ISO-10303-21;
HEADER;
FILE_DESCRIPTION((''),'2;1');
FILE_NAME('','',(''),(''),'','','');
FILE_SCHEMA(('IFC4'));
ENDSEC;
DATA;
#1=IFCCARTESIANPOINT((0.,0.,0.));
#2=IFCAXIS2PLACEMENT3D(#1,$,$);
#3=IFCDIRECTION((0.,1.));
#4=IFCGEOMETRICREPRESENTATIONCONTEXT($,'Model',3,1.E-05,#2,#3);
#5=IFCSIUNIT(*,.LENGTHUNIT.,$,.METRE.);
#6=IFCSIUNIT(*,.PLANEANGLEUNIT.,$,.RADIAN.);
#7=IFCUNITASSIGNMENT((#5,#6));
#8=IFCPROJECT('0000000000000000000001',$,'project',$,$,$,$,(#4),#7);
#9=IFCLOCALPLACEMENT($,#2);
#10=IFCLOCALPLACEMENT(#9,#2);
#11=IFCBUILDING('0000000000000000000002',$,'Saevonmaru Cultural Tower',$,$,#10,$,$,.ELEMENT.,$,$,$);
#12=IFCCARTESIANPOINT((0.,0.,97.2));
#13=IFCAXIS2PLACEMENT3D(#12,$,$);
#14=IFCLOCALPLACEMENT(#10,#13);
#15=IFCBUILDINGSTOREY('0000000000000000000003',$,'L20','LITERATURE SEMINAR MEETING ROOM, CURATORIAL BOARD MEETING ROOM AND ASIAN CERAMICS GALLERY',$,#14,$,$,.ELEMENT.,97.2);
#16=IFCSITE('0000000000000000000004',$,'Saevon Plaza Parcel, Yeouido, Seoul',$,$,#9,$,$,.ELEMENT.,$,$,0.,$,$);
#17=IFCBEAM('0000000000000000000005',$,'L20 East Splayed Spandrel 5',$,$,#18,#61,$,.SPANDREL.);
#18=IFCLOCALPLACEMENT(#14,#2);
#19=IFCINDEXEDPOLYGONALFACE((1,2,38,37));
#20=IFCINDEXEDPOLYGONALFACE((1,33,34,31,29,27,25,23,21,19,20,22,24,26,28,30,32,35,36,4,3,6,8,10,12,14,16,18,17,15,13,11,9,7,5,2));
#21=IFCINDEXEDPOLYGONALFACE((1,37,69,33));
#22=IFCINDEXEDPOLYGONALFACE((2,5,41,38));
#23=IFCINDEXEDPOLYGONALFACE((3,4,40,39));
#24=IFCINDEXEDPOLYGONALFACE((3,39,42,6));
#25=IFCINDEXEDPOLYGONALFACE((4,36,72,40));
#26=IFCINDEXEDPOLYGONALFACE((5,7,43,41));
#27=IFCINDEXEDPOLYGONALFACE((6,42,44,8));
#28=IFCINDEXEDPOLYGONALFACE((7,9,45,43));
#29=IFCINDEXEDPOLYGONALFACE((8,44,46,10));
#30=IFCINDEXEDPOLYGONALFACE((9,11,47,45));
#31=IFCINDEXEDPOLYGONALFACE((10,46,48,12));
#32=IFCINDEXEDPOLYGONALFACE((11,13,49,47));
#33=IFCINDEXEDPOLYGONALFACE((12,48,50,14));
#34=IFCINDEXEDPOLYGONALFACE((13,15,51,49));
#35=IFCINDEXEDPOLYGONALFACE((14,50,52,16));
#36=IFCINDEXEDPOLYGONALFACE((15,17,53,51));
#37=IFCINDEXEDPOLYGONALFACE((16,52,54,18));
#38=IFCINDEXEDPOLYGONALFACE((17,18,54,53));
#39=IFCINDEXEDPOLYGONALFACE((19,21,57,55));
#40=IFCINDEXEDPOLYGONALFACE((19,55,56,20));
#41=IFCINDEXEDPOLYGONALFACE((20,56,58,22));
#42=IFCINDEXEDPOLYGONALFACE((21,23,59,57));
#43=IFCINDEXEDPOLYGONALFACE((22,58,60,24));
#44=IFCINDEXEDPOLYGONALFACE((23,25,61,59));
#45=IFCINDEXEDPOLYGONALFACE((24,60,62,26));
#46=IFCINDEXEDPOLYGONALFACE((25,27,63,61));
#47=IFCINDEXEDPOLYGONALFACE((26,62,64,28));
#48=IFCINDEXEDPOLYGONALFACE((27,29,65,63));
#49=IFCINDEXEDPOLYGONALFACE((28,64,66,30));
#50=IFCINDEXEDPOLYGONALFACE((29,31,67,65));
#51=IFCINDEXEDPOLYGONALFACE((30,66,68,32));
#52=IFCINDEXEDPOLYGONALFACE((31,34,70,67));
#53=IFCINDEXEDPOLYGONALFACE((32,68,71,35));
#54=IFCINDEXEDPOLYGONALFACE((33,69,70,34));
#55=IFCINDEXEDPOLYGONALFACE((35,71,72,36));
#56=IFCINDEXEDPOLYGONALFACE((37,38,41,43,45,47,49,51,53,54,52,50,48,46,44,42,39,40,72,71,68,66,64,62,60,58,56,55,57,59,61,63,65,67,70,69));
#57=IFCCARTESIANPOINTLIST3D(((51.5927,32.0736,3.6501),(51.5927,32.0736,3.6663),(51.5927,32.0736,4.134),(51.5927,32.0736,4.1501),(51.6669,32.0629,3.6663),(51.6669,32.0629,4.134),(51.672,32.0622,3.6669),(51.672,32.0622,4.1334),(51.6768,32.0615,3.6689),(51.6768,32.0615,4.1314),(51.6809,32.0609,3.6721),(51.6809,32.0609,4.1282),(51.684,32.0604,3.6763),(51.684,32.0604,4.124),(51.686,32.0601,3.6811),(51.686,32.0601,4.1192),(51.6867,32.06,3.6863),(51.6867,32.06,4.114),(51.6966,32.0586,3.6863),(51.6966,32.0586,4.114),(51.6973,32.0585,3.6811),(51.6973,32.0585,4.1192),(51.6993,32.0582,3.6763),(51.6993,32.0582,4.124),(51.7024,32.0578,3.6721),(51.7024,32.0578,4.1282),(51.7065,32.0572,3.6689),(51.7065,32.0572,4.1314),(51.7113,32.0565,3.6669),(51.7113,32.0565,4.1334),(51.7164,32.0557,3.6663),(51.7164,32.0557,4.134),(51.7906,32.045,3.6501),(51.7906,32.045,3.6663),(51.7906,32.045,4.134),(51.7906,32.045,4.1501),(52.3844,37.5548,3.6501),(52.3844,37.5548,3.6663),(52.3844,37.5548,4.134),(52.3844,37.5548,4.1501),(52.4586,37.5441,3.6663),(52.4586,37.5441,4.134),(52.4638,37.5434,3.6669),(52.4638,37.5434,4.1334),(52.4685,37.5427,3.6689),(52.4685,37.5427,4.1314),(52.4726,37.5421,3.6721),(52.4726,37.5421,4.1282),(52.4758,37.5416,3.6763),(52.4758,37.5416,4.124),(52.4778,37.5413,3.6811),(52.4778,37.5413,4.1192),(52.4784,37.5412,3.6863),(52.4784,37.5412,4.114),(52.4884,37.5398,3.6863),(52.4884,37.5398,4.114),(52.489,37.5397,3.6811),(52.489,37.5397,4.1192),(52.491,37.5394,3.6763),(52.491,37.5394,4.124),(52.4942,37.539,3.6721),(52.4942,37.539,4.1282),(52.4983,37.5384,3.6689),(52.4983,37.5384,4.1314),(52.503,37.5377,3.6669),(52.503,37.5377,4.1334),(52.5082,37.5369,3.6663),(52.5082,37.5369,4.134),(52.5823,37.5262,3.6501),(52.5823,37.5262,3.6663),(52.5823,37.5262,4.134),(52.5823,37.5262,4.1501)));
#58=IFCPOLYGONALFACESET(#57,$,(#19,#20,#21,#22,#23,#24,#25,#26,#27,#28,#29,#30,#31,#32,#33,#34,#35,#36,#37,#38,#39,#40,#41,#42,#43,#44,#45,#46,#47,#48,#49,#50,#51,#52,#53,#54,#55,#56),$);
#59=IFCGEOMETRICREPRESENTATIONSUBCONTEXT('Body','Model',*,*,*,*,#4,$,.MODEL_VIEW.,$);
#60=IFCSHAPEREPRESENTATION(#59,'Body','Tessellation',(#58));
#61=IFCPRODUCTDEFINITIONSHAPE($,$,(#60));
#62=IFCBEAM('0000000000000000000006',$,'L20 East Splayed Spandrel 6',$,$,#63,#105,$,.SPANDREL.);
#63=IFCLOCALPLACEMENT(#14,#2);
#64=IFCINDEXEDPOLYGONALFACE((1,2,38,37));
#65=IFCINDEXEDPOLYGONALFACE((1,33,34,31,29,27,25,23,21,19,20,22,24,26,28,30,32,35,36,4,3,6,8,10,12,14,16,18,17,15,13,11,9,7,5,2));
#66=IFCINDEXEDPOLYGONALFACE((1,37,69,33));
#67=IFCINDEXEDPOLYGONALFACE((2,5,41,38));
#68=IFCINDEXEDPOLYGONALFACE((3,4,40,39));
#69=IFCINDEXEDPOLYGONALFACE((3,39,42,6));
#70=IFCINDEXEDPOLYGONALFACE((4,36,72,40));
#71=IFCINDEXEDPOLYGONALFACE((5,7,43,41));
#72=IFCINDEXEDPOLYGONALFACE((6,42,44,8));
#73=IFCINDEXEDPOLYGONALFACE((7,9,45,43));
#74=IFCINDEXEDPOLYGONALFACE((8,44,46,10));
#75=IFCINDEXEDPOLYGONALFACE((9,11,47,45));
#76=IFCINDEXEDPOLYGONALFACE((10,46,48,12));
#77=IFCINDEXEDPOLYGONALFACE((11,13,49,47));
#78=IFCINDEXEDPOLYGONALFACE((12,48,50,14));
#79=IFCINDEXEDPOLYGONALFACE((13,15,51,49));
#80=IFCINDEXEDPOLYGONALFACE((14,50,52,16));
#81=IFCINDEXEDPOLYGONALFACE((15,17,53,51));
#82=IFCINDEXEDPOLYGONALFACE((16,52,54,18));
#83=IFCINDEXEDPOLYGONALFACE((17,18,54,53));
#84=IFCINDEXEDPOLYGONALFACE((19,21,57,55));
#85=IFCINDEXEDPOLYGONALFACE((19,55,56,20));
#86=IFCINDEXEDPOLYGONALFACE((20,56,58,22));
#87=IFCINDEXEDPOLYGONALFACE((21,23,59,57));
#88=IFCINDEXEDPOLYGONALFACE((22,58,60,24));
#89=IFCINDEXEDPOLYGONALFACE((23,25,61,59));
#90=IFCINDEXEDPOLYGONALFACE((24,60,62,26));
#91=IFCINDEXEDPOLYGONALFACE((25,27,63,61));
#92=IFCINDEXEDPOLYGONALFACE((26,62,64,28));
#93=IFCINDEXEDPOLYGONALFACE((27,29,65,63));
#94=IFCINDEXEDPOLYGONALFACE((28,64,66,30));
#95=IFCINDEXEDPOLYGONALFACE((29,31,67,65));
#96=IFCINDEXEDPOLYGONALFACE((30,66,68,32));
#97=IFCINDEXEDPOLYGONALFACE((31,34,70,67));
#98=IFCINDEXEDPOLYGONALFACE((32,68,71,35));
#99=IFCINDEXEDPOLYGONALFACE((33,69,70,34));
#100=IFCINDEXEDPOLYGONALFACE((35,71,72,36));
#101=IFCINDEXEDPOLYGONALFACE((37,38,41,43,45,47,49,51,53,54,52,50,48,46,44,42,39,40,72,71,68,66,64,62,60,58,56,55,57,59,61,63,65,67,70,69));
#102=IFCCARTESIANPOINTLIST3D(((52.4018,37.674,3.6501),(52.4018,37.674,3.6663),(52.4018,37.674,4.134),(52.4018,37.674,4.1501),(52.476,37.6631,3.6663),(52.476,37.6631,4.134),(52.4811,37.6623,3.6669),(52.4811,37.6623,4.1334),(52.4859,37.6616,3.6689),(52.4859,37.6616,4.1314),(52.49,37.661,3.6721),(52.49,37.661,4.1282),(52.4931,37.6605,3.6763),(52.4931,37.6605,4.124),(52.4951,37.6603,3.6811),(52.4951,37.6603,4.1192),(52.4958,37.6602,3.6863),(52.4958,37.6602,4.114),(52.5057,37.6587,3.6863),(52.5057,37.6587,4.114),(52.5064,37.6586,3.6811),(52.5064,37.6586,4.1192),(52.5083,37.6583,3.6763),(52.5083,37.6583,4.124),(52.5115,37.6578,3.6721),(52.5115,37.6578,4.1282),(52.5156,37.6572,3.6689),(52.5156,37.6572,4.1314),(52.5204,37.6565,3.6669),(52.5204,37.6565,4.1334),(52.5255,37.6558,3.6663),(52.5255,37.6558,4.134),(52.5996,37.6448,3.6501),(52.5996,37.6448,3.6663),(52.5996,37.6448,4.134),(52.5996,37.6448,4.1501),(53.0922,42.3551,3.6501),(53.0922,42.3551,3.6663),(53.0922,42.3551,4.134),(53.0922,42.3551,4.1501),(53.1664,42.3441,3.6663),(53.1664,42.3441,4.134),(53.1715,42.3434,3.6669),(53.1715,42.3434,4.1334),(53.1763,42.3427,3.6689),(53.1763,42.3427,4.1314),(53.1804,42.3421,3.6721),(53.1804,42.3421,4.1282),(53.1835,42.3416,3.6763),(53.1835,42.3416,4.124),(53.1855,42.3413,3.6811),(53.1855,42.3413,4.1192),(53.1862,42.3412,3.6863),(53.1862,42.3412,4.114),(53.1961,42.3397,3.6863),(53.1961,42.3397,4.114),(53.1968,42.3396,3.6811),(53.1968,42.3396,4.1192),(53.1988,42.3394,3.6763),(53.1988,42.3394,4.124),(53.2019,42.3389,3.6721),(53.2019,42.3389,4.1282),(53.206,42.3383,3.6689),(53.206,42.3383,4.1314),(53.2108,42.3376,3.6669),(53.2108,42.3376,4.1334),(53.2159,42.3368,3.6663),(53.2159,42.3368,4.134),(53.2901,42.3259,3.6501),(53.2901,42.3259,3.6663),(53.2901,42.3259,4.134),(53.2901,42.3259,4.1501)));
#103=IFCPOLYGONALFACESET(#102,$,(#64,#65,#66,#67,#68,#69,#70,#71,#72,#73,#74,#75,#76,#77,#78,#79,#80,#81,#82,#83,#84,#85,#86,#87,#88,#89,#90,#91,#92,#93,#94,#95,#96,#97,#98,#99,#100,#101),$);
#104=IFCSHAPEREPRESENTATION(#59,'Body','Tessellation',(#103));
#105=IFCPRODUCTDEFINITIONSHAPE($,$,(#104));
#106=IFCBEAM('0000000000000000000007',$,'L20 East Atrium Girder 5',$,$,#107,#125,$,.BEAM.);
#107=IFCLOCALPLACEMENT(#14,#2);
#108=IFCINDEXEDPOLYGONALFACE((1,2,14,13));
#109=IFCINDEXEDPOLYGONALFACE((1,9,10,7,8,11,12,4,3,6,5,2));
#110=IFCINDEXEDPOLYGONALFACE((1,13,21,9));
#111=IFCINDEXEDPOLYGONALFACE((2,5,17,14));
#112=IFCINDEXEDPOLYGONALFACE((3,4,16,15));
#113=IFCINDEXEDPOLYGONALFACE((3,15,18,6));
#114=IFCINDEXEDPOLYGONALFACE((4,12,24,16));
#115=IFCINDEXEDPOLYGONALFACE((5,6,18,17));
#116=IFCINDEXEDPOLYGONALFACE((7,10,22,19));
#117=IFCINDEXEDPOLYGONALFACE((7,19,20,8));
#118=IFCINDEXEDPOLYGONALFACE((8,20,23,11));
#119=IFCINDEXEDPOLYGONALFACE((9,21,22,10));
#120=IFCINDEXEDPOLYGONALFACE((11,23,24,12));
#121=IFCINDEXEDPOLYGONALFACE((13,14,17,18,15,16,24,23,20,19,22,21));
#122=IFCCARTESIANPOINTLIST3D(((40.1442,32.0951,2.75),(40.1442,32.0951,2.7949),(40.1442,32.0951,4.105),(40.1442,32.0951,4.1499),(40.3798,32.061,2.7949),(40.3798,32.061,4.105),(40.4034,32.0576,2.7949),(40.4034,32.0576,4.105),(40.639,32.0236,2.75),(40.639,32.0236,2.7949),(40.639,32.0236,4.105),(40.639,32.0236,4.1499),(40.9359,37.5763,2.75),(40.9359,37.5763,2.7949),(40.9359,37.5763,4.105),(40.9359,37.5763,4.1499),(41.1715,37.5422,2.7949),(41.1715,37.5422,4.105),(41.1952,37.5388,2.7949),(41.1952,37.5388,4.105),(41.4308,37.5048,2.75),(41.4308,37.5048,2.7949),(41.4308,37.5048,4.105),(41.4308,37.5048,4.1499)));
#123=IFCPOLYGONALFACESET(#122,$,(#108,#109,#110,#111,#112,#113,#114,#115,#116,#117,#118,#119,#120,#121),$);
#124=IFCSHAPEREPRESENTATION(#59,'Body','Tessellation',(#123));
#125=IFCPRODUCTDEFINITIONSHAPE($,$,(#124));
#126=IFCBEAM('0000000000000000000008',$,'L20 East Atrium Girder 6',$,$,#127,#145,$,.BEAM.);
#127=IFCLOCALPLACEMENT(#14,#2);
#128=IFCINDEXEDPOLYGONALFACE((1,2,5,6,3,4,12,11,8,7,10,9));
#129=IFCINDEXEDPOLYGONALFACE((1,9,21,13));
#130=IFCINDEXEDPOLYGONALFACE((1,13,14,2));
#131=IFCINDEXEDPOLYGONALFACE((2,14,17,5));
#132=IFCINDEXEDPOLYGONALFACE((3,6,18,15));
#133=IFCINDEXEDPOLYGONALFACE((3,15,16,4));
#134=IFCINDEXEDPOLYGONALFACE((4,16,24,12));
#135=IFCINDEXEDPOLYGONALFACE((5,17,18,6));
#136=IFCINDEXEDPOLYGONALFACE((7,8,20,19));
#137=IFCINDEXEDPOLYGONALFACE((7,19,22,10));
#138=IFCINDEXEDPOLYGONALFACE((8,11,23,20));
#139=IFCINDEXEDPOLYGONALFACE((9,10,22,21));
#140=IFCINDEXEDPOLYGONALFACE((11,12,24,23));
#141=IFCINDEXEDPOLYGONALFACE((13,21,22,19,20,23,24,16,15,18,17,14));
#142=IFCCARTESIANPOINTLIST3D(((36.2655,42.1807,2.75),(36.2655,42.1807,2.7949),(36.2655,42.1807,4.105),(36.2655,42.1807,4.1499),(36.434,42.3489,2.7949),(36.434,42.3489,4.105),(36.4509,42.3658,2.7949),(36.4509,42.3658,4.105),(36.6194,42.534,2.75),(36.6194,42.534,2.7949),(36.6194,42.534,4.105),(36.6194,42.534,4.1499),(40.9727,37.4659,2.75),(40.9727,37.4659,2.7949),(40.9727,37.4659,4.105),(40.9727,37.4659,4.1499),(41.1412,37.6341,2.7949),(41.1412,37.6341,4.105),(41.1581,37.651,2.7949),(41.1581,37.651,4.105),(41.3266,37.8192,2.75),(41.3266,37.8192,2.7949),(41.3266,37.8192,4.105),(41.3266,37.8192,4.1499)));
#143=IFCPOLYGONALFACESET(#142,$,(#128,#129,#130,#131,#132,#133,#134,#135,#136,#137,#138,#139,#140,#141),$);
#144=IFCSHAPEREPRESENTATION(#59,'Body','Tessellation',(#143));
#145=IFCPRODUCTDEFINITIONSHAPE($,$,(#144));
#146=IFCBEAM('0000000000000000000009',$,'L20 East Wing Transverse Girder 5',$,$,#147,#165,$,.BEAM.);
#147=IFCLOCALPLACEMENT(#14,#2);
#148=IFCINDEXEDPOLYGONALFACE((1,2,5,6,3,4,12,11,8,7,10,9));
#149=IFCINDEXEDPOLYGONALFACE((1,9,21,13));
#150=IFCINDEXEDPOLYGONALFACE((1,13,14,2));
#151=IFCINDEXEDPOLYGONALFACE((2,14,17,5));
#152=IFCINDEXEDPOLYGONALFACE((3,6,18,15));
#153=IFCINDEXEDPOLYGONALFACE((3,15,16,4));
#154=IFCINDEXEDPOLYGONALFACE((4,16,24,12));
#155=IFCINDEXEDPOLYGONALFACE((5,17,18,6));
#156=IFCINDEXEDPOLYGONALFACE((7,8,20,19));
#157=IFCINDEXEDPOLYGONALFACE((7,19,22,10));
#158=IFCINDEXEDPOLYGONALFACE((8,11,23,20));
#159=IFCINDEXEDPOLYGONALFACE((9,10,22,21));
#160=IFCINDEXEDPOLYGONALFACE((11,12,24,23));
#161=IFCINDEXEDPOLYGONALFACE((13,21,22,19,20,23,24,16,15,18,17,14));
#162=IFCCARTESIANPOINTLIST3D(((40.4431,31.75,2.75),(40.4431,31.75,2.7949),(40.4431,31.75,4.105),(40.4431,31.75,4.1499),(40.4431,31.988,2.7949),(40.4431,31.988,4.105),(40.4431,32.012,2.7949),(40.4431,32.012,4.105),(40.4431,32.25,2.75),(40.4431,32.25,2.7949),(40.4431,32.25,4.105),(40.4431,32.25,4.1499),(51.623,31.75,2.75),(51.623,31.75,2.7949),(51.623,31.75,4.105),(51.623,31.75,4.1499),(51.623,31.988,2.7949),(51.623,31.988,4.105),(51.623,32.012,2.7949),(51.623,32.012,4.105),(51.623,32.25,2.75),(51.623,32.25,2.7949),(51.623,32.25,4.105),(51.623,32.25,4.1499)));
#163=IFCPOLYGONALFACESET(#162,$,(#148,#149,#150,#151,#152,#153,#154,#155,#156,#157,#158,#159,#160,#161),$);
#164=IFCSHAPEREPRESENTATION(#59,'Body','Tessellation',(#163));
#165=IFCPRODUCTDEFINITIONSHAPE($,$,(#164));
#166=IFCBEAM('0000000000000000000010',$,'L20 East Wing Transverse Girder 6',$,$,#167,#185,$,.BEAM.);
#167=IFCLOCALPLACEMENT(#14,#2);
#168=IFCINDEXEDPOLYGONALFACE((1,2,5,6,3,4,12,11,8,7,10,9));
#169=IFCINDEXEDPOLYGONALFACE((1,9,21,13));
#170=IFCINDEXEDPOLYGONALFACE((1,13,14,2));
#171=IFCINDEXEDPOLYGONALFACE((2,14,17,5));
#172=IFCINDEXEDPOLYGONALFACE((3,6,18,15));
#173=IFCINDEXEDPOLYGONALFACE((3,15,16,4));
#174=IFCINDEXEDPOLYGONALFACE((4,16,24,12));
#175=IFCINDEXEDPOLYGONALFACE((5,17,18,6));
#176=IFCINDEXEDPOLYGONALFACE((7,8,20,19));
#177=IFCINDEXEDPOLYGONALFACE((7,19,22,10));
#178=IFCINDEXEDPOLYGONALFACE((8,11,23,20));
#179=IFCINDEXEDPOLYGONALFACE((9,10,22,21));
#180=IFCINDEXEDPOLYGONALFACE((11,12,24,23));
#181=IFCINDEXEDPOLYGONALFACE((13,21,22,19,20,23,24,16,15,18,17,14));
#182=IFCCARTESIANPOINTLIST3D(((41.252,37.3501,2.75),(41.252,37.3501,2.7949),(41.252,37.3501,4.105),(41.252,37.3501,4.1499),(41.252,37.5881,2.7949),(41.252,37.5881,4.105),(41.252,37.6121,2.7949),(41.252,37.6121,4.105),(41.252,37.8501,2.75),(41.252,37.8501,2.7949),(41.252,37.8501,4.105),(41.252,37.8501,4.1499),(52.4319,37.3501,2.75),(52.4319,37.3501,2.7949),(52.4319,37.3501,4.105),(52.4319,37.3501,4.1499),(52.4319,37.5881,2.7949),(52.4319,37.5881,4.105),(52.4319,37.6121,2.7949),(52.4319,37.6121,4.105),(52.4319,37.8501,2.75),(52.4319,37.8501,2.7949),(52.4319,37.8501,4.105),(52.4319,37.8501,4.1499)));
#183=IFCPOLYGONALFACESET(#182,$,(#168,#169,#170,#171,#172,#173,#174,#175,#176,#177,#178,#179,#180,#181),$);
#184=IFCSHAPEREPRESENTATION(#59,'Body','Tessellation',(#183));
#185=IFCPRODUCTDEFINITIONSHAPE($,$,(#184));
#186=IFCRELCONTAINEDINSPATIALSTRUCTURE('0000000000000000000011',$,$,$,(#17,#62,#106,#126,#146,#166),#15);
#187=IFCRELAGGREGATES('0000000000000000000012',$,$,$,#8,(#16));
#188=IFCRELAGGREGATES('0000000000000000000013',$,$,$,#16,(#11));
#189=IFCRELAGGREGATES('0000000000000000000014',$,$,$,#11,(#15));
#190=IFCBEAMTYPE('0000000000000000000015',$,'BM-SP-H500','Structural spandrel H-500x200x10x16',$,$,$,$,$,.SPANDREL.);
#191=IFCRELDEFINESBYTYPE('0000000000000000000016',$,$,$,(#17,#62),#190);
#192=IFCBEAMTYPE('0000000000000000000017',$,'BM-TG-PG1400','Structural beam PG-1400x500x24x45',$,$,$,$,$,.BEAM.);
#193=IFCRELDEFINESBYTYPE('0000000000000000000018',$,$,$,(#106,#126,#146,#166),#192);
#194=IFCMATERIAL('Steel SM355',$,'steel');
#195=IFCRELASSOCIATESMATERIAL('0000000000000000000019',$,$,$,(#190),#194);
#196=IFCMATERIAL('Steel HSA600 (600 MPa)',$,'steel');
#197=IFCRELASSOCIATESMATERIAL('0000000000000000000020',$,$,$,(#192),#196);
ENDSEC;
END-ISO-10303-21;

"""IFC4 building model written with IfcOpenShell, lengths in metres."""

from ifc_helpers import new_model, si_unit, direction, frame, origin, origin_2d, place, context, subcontext, project, spatial, i_section, extrude, material, material_profile, profile_set, type_object, element, save


model = new_model("IFC4")

# Units and contexts
model_context = context("Model", 3, precision=1e-05, world=origin(), true_north=direction((0.0, 1.0)))
body_context = subcontext(model_context, "Body", "Model", "MODEL_VIEW")
ifc_project = project(units=[si_unit("LENGTHUNIT", "METRE"), si_unit("PLANEANGLEUNIT", "RADIAN")], contexts=[model_context])

# Site, building, storey
site_placement = place(None, origin())
site = spatial("IfcSite", under=ifc_project, at=site_placement, Name="Saevon Plaza Parcel, Yeouido, Seoul", CompositionType="ELEMENT", RefElevation=0.0)
building_placement = place(site_placement, origin())
building = spatial("IfcBuilding", under=site, at=building_placement, Name="Saevonmaru Cultural Tower", CompositionType="ELEMENT")
storey_placement = place(building_placement, frame((0.0, 0.0, 97.2)))
storey = spatial("IfcBuildingStorey", under=building, at=storey_placement, Name="L20", Description="LITERATURE SEMINAR MEETING ROOM, CURATORIAL BOARD MEETING ROOM AND ASIAN CERAMICS GALLERY", CompositionType="ELEMENT", Elevation=97.2)

# Shared definitions
ifc_material_1 = material(Name="Steel HSA600 (600 MPa)", Category="steel")

# Beams
ifc_material_2 = material(Name="Steel SM355", Category="steel")
ifc_material_profile_1 = material_profile(ifc_material_2, i_section(OverallWidth=0.2, OverallDepth=0.5, WebThickness=0.01, FlangeThickness=0.0161, FilletRadius=0.02, at=origin_2d()), Name="H-500x200x10x16")
ifc_profile_set_1 = profile_set([ifc_material_profile_1], Name="Steel SM355")
beam_type_1 = type_object("IfcBeamType", Name="BM-SP-H500", Description="Structural spandrel H-500x200x10x16", PredefinedType="SPANDREL", material=ifc_profile_set_1)
beam_1_placement = place(storey_placement, frame((51.6917, 32.0593, 3.9001), z_axis=(0.142964, 0.989728, 0.0), x_axis=(-0.989728, 0.142964, 0.0)))
element("IfcBeam", 1, at=beam_1_placement, inside=storey, type_object=beam_type_1, Name="L20 East Splayed Spandrel 5", PredefinedType="SPANDREL", context=body_context, shape_type="SweptSolid", body=[
    extrude(i_section(OverallWidth=0.2, OverallDepth=0.5, WebThickness=0.01, FlangeThickness=0.0161, FilletRadius=0.02, at=origin_2d()), origin(), (0.0, 0.0, 1.0), 5.5381),
])
beam_2_placement = place(storey_placement, frame((52.5007, 37.6594, 3.9001), z_axis=(0.145913, 0.989297, 0.0), x_axis=(-0.989297, 0.145913, 0.0)))
element("IfcBeam", 2, at=beam_2_placement, inside=storey, type_object=beam_type_1, Name="L20 East Splayed Spandrel 6", PredefinedType="SPANDREL", context=body_context, shape_type="SweptSolid", body=[
    extrude(i_section(OverallWidth=0.2, OverallDepth=0.5, WebThickness=0.01, FlangeThickness=0.0161, FilletRadius=0.02, at=origin_2d()), origin(), (0.0, 0.0, 1.0), 4.7317),
])
ifc_material_profile_2 = material_profile(ifc_material_1, i_section(OverallWidth=0.5, OverallDepth=1.3999, WebThickness=0.0239, FlangeThickness=0.0449, at=origin_2d()), Name="PG-1400x500x24x45")
ifc_profile_set_2 = profile_set([ifc_material_profile_2], Name="Steel HSA600 (600 MPa)")
beam_type_2 = type_object("IfcBeamType", Name="BM-TG-PG1400", Description="Structural beam PG-1400x500x24x45", PredefinedType="BEAM", material=ifc_profile_set_2)
beam_3_placement = place(storey_placement, frame((40.3916, 32.0593, 3.45), z_axis=(0.142964, 0.989728, 0.0), x_axis=(-0.989728, 0.142964, 0.0)))
element("IfcBeam", 3, at=beam_3_placement, inside=storey, type_object=beam_type_2, Name="L20 East Atrium Girder 5", PredefinedType="BEAM", context=body_context, shape_type="SweptSolid", body=[
    extrude(i_section(OverallWidth=0.5, OverallDepth=1.3999, WebThickness=0.0239, FlangeThickness=0.0449, at=origin_2d()), origin(), (0.0, 0.0, 1.0), 5.5381),
])
beam_4_placement = place(storey_placement, frame((41.1497, 37.6426, 3.45), z_axis=(-0.706539, 0.707675, 0.0), x_axis=(-0.707675, -0.706539, 0.0)))
element("IfcBeam", 4, at=beam_4_placement, inside=storey, type_object=beam_type_2, Name="L20 East Atrium Girder 6", PredefinedType="BEAM", context=body_context, shape_type="SweptSolid", body=[
    extrude(i_section(OverallWidth=0.5, OverallDepth=1.3999, WebThickness=0.0239, FlangeThickness=0.0449, at=origin_2d()), origin(), (0.0, 0.0, 1.0), 6.6624),
])
for number, where, z_axis, x_axis, name in (
    (5, (40.4431, 32.0, 3.45), (1.0, 0.0, 0.0), (0.0, 1.0, 0.0), "L20 East Wing Transverse Girder 5"),
    (6, (41.252, 37.6001, 3.45), (1.0, 0.0, 0.0), (0.0, 1.0, 0.0), "L20 East Wing Transverse Girder 6"),
):
    element("IfcBeam", number, at=place(storey_placement, frame(where, z_axis=z_axis, x_axis=x_axis)), inside=storey, type_object=beam_type_2, Name=name, PredefinedType="BEAM", context=body_context, shape_type="SweptSolid", body=[
        extrude(i_section(OverallWidth=0.5, OverallDepth=1.3999, WebThickness=0.0239, FlangeThickness=0.0449, at=origin_2d()), origin(), (0.0, 0.0, 1.0), 11.1799),
    ])

save(model, "model.ifc")
